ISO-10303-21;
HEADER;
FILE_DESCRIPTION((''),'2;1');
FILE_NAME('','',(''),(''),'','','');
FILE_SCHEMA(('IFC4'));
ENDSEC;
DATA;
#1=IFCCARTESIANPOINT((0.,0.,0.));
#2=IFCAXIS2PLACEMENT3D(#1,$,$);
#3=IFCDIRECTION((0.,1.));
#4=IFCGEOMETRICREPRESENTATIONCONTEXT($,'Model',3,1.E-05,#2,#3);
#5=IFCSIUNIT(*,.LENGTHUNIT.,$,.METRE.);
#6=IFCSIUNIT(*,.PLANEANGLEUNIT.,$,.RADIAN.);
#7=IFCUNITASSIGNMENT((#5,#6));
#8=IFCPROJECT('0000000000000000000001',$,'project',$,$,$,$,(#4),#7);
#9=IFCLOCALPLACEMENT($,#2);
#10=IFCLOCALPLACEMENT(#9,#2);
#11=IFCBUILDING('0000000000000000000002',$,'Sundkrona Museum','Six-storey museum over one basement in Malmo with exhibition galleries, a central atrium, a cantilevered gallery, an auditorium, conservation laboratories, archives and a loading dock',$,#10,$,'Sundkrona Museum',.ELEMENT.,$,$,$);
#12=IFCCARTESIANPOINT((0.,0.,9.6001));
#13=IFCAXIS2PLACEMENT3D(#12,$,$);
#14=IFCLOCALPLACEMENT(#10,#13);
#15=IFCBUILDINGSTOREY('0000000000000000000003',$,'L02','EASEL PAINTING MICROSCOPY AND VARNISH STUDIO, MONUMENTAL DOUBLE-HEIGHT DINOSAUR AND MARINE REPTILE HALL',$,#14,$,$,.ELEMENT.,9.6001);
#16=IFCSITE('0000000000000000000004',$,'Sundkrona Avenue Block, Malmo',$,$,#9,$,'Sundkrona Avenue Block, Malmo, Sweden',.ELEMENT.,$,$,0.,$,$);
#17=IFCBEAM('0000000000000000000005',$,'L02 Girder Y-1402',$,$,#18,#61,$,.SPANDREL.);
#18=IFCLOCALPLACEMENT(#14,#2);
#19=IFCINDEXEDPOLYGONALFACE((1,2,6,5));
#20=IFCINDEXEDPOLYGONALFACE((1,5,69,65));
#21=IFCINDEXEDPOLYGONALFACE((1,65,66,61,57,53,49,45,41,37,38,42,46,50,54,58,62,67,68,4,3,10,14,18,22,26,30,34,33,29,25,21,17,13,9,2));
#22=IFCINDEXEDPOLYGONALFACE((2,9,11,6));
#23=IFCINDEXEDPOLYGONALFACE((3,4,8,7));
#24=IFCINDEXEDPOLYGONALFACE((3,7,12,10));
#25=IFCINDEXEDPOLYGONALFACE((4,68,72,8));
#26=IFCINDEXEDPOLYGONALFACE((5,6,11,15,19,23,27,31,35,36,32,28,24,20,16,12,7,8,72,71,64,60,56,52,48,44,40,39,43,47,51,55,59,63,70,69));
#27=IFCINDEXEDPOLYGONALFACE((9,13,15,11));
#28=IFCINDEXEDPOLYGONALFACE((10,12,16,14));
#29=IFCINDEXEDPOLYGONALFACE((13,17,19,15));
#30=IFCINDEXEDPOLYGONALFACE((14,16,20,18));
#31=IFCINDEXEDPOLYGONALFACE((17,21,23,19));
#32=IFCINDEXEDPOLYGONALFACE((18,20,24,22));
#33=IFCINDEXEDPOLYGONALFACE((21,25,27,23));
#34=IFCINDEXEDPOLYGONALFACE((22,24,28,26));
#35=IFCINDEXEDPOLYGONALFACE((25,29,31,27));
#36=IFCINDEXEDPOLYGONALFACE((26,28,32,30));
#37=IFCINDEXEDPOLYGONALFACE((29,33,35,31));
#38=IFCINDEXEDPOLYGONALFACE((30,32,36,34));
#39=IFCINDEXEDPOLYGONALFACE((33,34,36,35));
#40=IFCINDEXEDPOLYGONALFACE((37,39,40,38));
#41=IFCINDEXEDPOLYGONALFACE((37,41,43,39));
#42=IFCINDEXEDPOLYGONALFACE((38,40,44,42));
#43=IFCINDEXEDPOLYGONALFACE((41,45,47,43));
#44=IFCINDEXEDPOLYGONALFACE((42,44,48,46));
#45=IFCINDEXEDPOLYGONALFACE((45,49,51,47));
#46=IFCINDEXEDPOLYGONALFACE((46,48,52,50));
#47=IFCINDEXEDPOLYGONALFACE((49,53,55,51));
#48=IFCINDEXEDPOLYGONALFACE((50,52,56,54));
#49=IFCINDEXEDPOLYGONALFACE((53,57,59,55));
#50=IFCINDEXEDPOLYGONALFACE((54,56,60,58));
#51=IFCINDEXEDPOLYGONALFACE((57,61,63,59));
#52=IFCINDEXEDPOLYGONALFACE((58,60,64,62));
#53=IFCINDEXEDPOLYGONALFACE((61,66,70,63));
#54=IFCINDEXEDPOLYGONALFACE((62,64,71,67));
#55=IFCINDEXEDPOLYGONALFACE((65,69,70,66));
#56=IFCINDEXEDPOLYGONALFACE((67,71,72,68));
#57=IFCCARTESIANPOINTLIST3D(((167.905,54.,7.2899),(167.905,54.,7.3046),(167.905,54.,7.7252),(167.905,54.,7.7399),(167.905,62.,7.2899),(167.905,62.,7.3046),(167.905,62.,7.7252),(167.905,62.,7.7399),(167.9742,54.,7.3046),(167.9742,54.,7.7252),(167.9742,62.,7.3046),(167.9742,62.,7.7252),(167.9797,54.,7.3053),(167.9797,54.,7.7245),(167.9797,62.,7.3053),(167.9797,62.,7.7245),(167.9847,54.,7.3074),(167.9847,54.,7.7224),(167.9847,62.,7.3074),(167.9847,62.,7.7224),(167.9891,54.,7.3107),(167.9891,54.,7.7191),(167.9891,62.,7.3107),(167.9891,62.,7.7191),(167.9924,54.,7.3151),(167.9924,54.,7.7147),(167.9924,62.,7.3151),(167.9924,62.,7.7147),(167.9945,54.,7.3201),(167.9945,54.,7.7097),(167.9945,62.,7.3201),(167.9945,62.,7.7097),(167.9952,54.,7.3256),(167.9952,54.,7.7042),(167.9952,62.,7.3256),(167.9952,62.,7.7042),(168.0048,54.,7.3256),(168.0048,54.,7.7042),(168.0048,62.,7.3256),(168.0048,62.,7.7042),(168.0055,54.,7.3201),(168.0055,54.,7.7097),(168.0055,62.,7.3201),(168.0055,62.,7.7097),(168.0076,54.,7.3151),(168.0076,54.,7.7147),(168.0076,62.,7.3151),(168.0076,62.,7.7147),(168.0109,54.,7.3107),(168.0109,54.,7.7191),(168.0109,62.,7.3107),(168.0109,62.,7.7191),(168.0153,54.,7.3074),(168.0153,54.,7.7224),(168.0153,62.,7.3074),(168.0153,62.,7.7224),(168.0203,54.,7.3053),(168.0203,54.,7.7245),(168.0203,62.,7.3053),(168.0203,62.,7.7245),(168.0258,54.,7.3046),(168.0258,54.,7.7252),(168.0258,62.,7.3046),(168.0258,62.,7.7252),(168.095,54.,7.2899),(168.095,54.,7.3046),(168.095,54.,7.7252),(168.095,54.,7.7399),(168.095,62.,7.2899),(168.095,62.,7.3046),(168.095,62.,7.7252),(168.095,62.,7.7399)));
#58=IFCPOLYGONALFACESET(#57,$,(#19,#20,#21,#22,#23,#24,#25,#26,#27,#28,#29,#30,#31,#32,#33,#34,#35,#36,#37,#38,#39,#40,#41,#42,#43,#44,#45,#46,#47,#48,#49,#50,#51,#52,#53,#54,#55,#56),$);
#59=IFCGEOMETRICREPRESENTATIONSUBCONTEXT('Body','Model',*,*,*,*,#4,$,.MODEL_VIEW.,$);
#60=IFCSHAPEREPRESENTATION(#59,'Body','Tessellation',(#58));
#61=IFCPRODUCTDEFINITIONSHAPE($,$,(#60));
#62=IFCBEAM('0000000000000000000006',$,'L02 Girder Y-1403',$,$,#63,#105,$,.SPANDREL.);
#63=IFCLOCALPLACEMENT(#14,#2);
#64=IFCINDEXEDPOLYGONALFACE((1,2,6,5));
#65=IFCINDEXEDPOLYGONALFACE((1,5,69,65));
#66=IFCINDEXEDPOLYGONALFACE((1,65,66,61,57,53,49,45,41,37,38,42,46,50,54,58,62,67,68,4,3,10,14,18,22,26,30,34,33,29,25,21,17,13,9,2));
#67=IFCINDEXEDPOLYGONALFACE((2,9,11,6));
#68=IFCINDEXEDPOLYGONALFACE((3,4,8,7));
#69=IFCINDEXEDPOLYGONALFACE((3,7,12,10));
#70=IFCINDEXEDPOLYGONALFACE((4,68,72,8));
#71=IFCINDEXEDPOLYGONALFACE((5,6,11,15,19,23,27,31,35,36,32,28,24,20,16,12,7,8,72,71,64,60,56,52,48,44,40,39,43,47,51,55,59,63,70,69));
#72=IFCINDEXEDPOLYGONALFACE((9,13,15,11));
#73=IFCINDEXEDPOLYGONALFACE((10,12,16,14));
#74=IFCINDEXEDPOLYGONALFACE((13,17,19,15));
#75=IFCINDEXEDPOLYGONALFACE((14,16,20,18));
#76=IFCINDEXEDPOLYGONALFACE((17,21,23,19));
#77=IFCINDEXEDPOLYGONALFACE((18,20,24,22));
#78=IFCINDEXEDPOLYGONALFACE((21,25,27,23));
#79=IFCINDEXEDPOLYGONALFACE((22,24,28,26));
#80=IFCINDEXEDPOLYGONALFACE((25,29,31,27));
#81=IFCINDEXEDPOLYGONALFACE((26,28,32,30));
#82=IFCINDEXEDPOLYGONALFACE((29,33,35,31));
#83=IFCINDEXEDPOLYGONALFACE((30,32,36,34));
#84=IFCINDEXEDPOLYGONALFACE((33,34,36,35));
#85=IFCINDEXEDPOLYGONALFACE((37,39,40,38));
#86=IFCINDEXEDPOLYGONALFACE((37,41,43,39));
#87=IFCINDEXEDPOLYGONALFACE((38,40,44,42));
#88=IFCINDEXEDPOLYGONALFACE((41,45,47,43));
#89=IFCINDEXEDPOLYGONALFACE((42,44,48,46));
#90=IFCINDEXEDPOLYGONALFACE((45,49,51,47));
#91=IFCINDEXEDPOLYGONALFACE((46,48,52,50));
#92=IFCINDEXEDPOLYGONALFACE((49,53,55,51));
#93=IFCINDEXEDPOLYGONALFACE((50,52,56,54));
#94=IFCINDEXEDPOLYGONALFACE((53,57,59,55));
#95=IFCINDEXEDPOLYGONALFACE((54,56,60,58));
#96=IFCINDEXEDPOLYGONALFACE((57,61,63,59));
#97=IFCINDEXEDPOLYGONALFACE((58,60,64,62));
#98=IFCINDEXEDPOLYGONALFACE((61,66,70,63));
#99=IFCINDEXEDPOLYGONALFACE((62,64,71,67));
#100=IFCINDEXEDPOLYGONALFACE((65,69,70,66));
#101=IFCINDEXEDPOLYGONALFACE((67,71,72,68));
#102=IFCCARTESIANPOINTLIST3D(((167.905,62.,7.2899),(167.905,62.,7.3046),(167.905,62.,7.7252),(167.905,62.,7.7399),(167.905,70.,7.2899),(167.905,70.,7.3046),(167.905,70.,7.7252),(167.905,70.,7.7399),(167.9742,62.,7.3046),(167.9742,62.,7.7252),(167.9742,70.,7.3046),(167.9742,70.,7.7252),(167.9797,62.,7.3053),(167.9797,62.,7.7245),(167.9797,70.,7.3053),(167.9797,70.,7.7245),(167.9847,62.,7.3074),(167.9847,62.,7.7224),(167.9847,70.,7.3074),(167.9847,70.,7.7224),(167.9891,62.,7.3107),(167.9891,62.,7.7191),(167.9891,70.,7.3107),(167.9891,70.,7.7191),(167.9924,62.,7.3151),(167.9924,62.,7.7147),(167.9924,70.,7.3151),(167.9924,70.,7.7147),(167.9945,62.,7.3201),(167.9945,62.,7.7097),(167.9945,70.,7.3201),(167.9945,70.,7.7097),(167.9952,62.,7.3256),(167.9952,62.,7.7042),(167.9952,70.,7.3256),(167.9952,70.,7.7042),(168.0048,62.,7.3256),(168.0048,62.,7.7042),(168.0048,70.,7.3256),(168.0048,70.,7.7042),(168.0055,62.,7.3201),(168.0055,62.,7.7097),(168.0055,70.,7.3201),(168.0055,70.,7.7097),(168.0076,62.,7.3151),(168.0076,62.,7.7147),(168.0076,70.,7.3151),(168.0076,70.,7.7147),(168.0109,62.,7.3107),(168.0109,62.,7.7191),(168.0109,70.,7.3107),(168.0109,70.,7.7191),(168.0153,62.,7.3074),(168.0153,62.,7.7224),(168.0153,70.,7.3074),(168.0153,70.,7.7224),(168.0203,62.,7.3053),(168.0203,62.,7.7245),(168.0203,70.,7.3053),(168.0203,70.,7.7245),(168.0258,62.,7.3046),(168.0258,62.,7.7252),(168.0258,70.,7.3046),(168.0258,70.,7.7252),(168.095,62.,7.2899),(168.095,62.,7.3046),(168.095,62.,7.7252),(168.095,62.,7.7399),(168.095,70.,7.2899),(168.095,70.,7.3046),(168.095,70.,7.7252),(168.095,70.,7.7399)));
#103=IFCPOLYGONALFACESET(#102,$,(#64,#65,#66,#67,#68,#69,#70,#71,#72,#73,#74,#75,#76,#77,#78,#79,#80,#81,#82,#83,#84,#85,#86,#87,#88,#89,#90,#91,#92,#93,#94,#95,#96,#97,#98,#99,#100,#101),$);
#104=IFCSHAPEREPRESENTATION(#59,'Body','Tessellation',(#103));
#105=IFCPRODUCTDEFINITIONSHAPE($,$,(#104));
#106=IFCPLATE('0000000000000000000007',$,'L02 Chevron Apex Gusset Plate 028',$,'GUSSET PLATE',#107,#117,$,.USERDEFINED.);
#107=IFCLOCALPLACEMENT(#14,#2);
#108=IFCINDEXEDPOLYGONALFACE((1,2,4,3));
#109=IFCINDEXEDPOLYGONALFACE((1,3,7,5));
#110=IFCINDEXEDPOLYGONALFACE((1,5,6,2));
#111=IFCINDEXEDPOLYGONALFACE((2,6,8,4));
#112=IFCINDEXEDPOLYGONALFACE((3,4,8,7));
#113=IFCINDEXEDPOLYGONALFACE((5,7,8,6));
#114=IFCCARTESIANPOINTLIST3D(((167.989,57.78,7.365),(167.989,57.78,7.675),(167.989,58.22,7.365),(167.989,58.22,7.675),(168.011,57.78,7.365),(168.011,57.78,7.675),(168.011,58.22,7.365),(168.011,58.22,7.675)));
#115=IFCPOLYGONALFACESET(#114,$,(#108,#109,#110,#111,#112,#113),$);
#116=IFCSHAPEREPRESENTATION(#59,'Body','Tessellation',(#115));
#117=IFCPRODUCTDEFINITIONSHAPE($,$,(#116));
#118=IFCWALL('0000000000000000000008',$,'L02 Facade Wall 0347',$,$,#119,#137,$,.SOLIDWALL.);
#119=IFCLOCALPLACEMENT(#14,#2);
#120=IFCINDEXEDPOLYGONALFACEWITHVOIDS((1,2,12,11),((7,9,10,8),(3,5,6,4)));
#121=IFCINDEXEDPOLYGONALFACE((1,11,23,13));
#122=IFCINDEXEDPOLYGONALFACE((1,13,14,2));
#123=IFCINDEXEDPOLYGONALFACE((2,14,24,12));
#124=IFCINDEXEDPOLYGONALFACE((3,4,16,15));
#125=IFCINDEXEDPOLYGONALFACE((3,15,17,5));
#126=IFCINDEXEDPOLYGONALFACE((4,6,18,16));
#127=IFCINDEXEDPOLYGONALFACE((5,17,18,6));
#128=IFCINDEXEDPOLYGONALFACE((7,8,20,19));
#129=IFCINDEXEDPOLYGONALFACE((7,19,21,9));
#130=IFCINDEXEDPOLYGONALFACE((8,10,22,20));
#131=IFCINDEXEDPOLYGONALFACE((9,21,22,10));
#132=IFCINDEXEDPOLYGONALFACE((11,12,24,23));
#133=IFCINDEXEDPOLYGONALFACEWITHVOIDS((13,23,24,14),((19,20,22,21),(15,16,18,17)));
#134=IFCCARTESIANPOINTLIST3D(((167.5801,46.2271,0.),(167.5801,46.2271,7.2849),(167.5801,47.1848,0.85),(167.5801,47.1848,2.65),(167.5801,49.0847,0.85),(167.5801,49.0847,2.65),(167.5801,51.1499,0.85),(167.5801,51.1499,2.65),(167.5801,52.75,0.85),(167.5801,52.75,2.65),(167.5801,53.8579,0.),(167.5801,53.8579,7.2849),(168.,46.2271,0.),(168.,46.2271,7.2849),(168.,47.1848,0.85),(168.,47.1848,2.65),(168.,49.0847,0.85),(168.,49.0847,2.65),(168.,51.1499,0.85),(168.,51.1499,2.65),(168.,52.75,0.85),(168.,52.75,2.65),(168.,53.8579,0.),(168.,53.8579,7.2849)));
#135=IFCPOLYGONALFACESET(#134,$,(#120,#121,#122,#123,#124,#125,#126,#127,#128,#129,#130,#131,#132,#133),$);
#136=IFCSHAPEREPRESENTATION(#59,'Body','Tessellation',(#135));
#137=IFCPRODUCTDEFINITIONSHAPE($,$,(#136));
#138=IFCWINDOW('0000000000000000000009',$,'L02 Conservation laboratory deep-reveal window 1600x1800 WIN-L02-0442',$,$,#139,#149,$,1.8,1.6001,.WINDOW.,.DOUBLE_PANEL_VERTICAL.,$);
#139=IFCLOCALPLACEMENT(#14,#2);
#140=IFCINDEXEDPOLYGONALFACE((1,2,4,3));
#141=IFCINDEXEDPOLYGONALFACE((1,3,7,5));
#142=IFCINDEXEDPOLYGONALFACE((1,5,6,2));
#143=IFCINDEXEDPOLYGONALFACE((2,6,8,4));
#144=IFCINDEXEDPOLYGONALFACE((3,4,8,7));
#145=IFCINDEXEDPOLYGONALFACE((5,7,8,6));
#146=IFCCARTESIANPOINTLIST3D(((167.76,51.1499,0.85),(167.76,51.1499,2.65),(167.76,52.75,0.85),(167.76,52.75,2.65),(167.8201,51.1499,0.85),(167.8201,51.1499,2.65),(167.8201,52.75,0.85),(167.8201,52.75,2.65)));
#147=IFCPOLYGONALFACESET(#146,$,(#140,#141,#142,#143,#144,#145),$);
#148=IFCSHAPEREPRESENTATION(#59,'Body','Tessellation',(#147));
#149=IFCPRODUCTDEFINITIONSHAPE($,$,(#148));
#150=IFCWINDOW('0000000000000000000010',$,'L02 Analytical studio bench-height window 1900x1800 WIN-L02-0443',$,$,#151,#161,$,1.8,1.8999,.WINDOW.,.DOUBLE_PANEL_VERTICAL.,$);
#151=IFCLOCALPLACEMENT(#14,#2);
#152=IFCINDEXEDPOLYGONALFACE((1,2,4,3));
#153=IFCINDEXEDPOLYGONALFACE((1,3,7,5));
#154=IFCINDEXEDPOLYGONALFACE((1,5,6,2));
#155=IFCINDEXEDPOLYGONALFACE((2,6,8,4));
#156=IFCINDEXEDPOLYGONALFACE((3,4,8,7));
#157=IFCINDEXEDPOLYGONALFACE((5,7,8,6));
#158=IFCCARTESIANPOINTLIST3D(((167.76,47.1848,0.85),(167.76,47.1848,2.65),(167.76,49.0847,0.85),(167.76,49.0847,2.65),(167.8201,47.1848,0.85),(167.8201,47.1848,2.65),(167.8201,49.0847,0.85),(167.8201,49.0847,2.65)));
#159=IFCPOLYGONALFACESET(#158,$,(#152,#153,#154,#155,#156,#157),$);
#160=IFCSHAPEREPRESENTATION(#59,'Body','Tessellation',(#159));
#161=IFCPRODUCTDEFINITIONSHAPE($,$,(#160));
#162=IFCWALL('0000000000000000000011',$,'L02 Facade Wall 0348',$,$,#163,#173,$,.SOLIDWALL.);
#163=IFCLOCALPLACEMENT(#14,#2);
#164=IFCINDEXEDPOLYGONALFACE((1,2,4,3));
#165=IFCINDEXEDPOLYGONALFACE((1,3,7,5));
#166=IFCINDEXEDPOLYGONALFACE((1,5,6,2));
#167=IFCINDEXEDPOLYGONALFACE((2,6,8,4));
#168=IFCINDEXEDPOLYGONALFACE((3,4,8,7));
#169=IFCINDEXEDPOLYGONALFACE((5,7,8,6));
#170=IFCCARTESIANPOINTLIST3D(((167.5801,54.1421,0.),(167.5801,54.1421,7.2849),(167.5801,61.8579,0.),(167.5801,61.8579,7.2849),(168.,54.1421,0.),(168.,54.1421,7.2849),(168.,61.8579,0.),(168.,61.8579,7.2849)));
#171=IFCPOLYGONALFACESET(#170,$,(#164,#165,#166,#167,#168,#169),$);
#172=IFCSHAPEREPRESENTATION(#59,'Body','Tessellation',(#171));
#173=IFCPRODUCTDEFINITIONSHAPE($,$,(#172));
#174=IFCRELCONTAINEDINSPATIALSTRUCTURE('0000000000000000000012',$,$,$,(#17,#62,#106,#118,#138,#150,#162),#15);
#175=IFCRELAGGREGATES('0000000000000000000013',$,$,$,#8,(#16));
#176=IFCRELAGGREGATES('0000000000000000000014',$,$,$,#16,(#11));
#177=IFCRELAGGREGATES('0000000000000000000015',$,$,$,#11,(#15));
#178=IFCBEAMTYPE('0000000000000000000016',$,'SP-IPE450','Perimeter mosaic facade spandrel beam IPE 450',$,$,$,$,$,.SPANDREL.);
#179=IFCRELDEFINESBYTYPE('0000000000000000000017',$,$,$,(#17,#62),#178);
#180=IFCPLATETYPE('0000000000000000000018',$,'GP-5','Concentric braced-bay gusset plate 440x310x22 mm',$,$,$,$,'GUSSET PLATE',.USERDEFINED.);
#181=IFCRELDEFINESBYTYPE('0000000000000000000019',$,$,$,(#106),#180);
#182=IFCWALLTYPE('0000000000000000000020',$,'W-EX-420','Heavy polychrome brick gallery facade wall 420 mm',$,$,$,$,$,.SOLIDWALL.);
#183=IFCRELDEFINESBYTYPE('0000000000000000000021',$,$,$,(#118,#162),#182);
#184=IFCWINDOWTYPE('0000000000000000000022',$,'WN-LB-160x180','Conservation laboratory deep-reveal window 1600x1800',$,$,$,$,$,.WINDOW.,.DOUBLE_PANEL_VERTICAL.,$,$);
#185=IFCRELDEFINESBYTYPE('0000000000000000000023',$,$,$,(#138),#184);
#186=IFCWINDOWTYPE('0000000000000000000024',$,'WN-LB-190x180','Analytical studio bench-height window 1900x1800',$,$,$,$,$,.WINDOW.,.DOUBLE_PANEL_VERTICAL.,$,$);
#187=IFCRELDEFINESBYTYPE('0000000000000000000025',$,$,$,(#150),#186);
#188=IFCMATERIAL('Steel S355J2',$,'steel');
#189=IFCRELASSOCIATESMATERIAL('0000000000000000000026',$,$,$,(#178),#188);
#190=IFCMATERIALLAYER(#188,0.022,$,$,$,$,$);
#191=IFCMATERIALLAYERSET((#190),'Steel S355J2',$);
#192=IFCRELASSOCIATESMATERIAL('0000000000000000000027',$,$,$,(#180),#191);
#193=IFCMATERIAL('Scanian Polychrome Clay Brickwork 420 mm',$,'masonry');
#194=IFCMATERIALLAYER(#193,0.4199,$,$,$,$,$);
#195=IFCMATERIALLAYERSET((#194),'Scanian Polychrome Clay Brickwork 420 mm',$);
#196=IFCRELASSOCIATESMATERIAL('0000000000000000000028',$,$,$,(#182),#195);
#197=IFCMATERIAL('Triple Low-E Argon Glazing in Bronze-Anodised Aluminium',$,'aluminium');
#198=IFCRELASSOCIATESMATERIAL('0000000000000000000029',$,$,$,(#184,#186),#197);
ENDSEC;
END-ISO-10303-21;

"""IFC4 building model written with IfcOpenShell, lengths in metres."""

from ifc_helpers import new_model, si_unit, direction, frame, frame_2d, origin, origin_2d, place, context, subcontext, project, spatial, rectangle, i_section, extrude, material, layer, layer_set, material_profile, profile_set, type_object, element, fill, save


model = new_model("IFC4")

# Units and contexts
model_context = context("Model", 3, precision=1e-05, world=origin(), true_north=direction((0.0, 1.0)))
body_context = subcontext(model_context, "Body", "Model", "MODEL_VIEW")
ifc_project = project(units=[si_unit("LENGTHUNIT", "METRE"), si_unit("PLANEANGLEUNIT", "RADIAN")], contexts=[model_context])

# Site, building, storey
site_placement = place(None, origin())
site = spatial("IfcSite", under=ifc_project, at=site_placement, Name="Sundkrona Avenue Block, Malmo", LongName="Sundkrona Avenue Block, Malmo, Sweden", CompositionType="ELEMENT", RefElevation=0.0)
building_placement = place(site_placement, origin())
building = spatial("IfcBuilding", under=site, at=building_placement, Name="Sundkrona Museum", Description="Six-storey museum over one basement in Malmo with exhibition galleries, a central atrium, a cantilevered gallery, an auditorium, conservation laboratories, archives and a loading dock", LongName="Sundkrona Museum", CompositionType="ELEMENT")
storey_placement = place(building_placement, frame((0.0, 0.0, 9.6001)))
storey = spatial("IfcBuildingStorey", under=building, at=storey_placement, Name="L02", Description="EASEL PAINTING MICROSCOPY AND VARNISH STUDIO, MONUMENTAL DOUBLE-HEIGHT DINOSAUR AND MARINE REPTILE HALL", CompositionType="ELEMENT", Elevation=9.6001)

# Shared definitions
ifc_material_1 = material(Name="Steel S355J2", Category="steel")

# Beams
ifc_material_profile_1 = material_profile(ifc_material_1, i_section(OverallWidth=0.1899, OverallDepth=0.45, WebThickness=0.0095, FlangeThickness=0.0146, FilletRadius=0.021, at=origin_2d()), Name="IPE 450")
ifc_profile_set_1 = profile_set([ifc_material_profile_1], Name="Steel S355J2")
beam_type_1 = type_object("IfcBeamType", Name="SP-IPE450", Description="Perimeter mosaic facade spandrel beam IPE 450", PredefinedType="SPANDREL", material=ifc_profile_set_1)
for number, where, z_axis, x_axis, name in (
    (1, (168.0, 54.0, 7.5149), (0.0, 1.0, 0.0), (-1.0, 0.0, 0.0), "L02 Girder Y-1402"),
    (2, (168.0, 62.0, 7.5149), (0.0, 1.0, 0.0), (-1.0, 0.0, 0.0), "L02 Girder Y-1403"),
):
    element("IfcBeam", number, at=place(storey_placement, frame(where, z_axis=z_axis, x_axis=x_axis)), inside=storey, type_object=beam_type_1, Name=name, PredefinedType="SPANDREL", context=body_context, shape_type="SweptSolid", body=[
        extrude(i_section(OverallWidth=0.1899, OverallDepth=0.45, WebThickness=0.0095, FlangeThickness=0.0146, FilletRadius=0.021, at=origin_2d()), origin(), (0.0, 0.0, 1.0), 8.0),
    ])

# Plate
ifc_layer_1 = layer(ifc_material_1, 0.022)
ifc_layer_set_1 = layer_set([ifc_layer_1], Name="Steel S355J2")
plate_type = type_object("IfcPlateType", Name="GP-5", Description="Concentric braced-bay gusset plate 440x310x22 mm", ElementType="GUSSET PLATE", PredefinedType="USERDEFINED", material=ifc_layer_set_1)
plate_placement = place(storey_placement, frame((168.0, 58.0, 7.365), z_axis=(0.0, 0.0, 1.0), x_axis=(0.0, 1.0, 0.0)))
element("IfcPlate", 3, at=plate_placement, inside=storey, type_object=plate_type, Name="L02 Chevron Apex Gusset Plate 028", ObjectType="GUSSET PLATE", PredefinedType="USERDEFINED", context=body_context, shape_type="SweptSolid", body=[
    extrude(rectangle(XDim=0.4399, YDim=0.022, at=origin_2d()), origin(), (0.0, 0.0, 1.0), 0.3101),
])

# Wall, openings, windows
ifc_material_2 = material(Name="Scanian Polychrome Clay Brickwork 420 mm", Category="masonry")
ifc_layer_2 = layer(ifc_material_2, 0.4199)
ifc_layer_set_2 = layer_set([ifc_layer_2], Name="Scanian Polychrome Clay Brickwork 420 mm")
wall_type_1 = type_object("IfcWallType", Name="W-EX-420", Description="Heavy polychrome brick gallery facade wall 420 mm", PredefinedType="SOLIDWALL", material=ifc_layer_set_2)
wall_1_placement = place(storey_placement, frame((167.79, 53.8579, 0.0), z_axis=(0.0, 0.0, 1.0), x_axis=(0.0, -1.0, 0.0)))
wall_1 = element("IfcWall", 4, at=wall_1_placement, inside=storey, type_object=wall_type_1, Name="L02 Facade Wall 0347", PredefinedType="SOLIDWALL", context=body_context, shape_type="SweptSolid", body=[
    extrude(rectangle(XDim=7.6309, YDim=0.4199, at=frame_2d((3.8154, 0.0))), origin(), (0.0, 0.0, 1.0), 7.2849),
])
opening_1_placement = place(wall_1_placement, frame((1.1079, 0.0, 0.8501)))
opening_1 = element("IfcOpeningElement", 5, at=opening_1_placement, cuts=wall_1, PredefinedType="OPENING", context=body_context, shape_type="SweptSolid", body=[
    extrude(rectangle(XDim=1.6001, YDim=1.8, at=frame_2d((0.8, 0.8999))), frame((0.0, 0.22, 0.0), z_axis=(0.0, -1.0, 0.0), x_axis=(1.0, 0.0, 0.0)), (0.0, 0.0, 1.0), 0.4399),
])
opening_2_placement = place(wall_1_placement, frame((4.7732, 0.0, 0.8501)))
opening_2 = element("IfcOpeningElement", 6, at=opening_2_placement, cuts=wall_1, PredefinedType="OPENING", context=body_context, shape_type="SweptSolid", body=[
    extrude(rectangle(XDim=1.8999, YDim=1.8, at=frame_2d((0.95, 0.8999))), frame((0.0, 0.22, 0.0), z_axis=(0.0, -1.0, 0.0), x_axis=(1.0, 0.0, 0.0)), (0.0, 0.0, 1.0), 0.4399),
])
ifc_material_3 = material(Name="Triple Low-E Argon Glazing in Bronze-Anodised Aluminium", Category="aluminium")
window_type_1 = type_object("IfcWindowType", Name="WN-LB-160x180", Description="Conservation laboratory deep-reveal window 1600x1800", PartitioningType="DOUBLE_PANEL_VERTICAL", PredefinedType="WINDOW", material=ifc_material_3)
window_1_placement = place(opening_1_placement, origin())
window_1 = element("IfcWindow", 7, at=window_1_placement, inside=storey, type_object=window_type_1, Name="L02 Conservation laboratory deep-reveal window 1600x1800 WIN-L02-0442", OverallHeight=1.8, OverallWidth=1.6001, PartitioningType="DOUBLE_PANEL_VERTICAL", PredefinedType="WINDOW", context=body_context, shape_type="SweptSolid", body=[
    extrude(rectangle(XDim=1.6001, YDim=1.8, at=frame_2d((0.8, 0.8999))), frame((0.0, 0.03, 0.0), z_axis=(0.0, -1.0, 0.0), x_axis=(1.0, 0.0, 0.0)), (0.0, 0.0, 1.0), 0.0601),
])
fill(opening_1, window_1)
window_type_2 = type_object("IfcWindowType", Name="WN-LB-190x180", Description="Analytical studio bench-height window 1900x1800", PartitioningType="DOUBLE_PANEL_VERTICAL", PredefinedType="WINDOW", material=ifc_material_3)
window_2_placement = place(opening_2_placement, origin())
window_2 = element("IfcWindow", 8, at=window_2_placement, inside=storey, type_object=window_type_2, Name="L02 Analytical studio bench-height window 1900x1800 WIN-L02-0443", OverallHeight=1.8, OverallWidth=1.8999, PartitioningType="DOUBLE_PANEL_VERTICAL", PredefinedType="WINDOW", context=body_context, shape_type="SweptSolid", body=[
    extrude(rectangle(XDim=1.8999, YDim=1.8, at=frame_2d((0.95, 0.8999))), frame((0.0, 0.03, 0.0), z_axis=(0.0, -1.0, 0.0), x_axis=(1.0, 0.0, 0.0)), (0.0, 0.0, 1.0), 0.0601),
])
fill(opening_2, window_2)

# Wall
wall_2_placement = place(storey_placement, frame((167.79, 61.8579, 0.0), z_axis=(0.0, 0.0, 1.0), x_axis=(0.0, -1.0, 0.0)))
element("IfcWall", 9, at=wall_2_placement, inside=storey, type_object=wall_type_1, Name="L02 Facade Wall 0348", PredefinedType="SOLIDWALL", context=body_context, shape_type="SweptSolid", body=[
    extrude(rectangle(XDim=7.7158, YDim=0.4199, at=frame_2d((3.8579, 0.0))), origin(), (0.0, 0.0, 1.0), 7.2849),
])

save(model, "model.ifc")
